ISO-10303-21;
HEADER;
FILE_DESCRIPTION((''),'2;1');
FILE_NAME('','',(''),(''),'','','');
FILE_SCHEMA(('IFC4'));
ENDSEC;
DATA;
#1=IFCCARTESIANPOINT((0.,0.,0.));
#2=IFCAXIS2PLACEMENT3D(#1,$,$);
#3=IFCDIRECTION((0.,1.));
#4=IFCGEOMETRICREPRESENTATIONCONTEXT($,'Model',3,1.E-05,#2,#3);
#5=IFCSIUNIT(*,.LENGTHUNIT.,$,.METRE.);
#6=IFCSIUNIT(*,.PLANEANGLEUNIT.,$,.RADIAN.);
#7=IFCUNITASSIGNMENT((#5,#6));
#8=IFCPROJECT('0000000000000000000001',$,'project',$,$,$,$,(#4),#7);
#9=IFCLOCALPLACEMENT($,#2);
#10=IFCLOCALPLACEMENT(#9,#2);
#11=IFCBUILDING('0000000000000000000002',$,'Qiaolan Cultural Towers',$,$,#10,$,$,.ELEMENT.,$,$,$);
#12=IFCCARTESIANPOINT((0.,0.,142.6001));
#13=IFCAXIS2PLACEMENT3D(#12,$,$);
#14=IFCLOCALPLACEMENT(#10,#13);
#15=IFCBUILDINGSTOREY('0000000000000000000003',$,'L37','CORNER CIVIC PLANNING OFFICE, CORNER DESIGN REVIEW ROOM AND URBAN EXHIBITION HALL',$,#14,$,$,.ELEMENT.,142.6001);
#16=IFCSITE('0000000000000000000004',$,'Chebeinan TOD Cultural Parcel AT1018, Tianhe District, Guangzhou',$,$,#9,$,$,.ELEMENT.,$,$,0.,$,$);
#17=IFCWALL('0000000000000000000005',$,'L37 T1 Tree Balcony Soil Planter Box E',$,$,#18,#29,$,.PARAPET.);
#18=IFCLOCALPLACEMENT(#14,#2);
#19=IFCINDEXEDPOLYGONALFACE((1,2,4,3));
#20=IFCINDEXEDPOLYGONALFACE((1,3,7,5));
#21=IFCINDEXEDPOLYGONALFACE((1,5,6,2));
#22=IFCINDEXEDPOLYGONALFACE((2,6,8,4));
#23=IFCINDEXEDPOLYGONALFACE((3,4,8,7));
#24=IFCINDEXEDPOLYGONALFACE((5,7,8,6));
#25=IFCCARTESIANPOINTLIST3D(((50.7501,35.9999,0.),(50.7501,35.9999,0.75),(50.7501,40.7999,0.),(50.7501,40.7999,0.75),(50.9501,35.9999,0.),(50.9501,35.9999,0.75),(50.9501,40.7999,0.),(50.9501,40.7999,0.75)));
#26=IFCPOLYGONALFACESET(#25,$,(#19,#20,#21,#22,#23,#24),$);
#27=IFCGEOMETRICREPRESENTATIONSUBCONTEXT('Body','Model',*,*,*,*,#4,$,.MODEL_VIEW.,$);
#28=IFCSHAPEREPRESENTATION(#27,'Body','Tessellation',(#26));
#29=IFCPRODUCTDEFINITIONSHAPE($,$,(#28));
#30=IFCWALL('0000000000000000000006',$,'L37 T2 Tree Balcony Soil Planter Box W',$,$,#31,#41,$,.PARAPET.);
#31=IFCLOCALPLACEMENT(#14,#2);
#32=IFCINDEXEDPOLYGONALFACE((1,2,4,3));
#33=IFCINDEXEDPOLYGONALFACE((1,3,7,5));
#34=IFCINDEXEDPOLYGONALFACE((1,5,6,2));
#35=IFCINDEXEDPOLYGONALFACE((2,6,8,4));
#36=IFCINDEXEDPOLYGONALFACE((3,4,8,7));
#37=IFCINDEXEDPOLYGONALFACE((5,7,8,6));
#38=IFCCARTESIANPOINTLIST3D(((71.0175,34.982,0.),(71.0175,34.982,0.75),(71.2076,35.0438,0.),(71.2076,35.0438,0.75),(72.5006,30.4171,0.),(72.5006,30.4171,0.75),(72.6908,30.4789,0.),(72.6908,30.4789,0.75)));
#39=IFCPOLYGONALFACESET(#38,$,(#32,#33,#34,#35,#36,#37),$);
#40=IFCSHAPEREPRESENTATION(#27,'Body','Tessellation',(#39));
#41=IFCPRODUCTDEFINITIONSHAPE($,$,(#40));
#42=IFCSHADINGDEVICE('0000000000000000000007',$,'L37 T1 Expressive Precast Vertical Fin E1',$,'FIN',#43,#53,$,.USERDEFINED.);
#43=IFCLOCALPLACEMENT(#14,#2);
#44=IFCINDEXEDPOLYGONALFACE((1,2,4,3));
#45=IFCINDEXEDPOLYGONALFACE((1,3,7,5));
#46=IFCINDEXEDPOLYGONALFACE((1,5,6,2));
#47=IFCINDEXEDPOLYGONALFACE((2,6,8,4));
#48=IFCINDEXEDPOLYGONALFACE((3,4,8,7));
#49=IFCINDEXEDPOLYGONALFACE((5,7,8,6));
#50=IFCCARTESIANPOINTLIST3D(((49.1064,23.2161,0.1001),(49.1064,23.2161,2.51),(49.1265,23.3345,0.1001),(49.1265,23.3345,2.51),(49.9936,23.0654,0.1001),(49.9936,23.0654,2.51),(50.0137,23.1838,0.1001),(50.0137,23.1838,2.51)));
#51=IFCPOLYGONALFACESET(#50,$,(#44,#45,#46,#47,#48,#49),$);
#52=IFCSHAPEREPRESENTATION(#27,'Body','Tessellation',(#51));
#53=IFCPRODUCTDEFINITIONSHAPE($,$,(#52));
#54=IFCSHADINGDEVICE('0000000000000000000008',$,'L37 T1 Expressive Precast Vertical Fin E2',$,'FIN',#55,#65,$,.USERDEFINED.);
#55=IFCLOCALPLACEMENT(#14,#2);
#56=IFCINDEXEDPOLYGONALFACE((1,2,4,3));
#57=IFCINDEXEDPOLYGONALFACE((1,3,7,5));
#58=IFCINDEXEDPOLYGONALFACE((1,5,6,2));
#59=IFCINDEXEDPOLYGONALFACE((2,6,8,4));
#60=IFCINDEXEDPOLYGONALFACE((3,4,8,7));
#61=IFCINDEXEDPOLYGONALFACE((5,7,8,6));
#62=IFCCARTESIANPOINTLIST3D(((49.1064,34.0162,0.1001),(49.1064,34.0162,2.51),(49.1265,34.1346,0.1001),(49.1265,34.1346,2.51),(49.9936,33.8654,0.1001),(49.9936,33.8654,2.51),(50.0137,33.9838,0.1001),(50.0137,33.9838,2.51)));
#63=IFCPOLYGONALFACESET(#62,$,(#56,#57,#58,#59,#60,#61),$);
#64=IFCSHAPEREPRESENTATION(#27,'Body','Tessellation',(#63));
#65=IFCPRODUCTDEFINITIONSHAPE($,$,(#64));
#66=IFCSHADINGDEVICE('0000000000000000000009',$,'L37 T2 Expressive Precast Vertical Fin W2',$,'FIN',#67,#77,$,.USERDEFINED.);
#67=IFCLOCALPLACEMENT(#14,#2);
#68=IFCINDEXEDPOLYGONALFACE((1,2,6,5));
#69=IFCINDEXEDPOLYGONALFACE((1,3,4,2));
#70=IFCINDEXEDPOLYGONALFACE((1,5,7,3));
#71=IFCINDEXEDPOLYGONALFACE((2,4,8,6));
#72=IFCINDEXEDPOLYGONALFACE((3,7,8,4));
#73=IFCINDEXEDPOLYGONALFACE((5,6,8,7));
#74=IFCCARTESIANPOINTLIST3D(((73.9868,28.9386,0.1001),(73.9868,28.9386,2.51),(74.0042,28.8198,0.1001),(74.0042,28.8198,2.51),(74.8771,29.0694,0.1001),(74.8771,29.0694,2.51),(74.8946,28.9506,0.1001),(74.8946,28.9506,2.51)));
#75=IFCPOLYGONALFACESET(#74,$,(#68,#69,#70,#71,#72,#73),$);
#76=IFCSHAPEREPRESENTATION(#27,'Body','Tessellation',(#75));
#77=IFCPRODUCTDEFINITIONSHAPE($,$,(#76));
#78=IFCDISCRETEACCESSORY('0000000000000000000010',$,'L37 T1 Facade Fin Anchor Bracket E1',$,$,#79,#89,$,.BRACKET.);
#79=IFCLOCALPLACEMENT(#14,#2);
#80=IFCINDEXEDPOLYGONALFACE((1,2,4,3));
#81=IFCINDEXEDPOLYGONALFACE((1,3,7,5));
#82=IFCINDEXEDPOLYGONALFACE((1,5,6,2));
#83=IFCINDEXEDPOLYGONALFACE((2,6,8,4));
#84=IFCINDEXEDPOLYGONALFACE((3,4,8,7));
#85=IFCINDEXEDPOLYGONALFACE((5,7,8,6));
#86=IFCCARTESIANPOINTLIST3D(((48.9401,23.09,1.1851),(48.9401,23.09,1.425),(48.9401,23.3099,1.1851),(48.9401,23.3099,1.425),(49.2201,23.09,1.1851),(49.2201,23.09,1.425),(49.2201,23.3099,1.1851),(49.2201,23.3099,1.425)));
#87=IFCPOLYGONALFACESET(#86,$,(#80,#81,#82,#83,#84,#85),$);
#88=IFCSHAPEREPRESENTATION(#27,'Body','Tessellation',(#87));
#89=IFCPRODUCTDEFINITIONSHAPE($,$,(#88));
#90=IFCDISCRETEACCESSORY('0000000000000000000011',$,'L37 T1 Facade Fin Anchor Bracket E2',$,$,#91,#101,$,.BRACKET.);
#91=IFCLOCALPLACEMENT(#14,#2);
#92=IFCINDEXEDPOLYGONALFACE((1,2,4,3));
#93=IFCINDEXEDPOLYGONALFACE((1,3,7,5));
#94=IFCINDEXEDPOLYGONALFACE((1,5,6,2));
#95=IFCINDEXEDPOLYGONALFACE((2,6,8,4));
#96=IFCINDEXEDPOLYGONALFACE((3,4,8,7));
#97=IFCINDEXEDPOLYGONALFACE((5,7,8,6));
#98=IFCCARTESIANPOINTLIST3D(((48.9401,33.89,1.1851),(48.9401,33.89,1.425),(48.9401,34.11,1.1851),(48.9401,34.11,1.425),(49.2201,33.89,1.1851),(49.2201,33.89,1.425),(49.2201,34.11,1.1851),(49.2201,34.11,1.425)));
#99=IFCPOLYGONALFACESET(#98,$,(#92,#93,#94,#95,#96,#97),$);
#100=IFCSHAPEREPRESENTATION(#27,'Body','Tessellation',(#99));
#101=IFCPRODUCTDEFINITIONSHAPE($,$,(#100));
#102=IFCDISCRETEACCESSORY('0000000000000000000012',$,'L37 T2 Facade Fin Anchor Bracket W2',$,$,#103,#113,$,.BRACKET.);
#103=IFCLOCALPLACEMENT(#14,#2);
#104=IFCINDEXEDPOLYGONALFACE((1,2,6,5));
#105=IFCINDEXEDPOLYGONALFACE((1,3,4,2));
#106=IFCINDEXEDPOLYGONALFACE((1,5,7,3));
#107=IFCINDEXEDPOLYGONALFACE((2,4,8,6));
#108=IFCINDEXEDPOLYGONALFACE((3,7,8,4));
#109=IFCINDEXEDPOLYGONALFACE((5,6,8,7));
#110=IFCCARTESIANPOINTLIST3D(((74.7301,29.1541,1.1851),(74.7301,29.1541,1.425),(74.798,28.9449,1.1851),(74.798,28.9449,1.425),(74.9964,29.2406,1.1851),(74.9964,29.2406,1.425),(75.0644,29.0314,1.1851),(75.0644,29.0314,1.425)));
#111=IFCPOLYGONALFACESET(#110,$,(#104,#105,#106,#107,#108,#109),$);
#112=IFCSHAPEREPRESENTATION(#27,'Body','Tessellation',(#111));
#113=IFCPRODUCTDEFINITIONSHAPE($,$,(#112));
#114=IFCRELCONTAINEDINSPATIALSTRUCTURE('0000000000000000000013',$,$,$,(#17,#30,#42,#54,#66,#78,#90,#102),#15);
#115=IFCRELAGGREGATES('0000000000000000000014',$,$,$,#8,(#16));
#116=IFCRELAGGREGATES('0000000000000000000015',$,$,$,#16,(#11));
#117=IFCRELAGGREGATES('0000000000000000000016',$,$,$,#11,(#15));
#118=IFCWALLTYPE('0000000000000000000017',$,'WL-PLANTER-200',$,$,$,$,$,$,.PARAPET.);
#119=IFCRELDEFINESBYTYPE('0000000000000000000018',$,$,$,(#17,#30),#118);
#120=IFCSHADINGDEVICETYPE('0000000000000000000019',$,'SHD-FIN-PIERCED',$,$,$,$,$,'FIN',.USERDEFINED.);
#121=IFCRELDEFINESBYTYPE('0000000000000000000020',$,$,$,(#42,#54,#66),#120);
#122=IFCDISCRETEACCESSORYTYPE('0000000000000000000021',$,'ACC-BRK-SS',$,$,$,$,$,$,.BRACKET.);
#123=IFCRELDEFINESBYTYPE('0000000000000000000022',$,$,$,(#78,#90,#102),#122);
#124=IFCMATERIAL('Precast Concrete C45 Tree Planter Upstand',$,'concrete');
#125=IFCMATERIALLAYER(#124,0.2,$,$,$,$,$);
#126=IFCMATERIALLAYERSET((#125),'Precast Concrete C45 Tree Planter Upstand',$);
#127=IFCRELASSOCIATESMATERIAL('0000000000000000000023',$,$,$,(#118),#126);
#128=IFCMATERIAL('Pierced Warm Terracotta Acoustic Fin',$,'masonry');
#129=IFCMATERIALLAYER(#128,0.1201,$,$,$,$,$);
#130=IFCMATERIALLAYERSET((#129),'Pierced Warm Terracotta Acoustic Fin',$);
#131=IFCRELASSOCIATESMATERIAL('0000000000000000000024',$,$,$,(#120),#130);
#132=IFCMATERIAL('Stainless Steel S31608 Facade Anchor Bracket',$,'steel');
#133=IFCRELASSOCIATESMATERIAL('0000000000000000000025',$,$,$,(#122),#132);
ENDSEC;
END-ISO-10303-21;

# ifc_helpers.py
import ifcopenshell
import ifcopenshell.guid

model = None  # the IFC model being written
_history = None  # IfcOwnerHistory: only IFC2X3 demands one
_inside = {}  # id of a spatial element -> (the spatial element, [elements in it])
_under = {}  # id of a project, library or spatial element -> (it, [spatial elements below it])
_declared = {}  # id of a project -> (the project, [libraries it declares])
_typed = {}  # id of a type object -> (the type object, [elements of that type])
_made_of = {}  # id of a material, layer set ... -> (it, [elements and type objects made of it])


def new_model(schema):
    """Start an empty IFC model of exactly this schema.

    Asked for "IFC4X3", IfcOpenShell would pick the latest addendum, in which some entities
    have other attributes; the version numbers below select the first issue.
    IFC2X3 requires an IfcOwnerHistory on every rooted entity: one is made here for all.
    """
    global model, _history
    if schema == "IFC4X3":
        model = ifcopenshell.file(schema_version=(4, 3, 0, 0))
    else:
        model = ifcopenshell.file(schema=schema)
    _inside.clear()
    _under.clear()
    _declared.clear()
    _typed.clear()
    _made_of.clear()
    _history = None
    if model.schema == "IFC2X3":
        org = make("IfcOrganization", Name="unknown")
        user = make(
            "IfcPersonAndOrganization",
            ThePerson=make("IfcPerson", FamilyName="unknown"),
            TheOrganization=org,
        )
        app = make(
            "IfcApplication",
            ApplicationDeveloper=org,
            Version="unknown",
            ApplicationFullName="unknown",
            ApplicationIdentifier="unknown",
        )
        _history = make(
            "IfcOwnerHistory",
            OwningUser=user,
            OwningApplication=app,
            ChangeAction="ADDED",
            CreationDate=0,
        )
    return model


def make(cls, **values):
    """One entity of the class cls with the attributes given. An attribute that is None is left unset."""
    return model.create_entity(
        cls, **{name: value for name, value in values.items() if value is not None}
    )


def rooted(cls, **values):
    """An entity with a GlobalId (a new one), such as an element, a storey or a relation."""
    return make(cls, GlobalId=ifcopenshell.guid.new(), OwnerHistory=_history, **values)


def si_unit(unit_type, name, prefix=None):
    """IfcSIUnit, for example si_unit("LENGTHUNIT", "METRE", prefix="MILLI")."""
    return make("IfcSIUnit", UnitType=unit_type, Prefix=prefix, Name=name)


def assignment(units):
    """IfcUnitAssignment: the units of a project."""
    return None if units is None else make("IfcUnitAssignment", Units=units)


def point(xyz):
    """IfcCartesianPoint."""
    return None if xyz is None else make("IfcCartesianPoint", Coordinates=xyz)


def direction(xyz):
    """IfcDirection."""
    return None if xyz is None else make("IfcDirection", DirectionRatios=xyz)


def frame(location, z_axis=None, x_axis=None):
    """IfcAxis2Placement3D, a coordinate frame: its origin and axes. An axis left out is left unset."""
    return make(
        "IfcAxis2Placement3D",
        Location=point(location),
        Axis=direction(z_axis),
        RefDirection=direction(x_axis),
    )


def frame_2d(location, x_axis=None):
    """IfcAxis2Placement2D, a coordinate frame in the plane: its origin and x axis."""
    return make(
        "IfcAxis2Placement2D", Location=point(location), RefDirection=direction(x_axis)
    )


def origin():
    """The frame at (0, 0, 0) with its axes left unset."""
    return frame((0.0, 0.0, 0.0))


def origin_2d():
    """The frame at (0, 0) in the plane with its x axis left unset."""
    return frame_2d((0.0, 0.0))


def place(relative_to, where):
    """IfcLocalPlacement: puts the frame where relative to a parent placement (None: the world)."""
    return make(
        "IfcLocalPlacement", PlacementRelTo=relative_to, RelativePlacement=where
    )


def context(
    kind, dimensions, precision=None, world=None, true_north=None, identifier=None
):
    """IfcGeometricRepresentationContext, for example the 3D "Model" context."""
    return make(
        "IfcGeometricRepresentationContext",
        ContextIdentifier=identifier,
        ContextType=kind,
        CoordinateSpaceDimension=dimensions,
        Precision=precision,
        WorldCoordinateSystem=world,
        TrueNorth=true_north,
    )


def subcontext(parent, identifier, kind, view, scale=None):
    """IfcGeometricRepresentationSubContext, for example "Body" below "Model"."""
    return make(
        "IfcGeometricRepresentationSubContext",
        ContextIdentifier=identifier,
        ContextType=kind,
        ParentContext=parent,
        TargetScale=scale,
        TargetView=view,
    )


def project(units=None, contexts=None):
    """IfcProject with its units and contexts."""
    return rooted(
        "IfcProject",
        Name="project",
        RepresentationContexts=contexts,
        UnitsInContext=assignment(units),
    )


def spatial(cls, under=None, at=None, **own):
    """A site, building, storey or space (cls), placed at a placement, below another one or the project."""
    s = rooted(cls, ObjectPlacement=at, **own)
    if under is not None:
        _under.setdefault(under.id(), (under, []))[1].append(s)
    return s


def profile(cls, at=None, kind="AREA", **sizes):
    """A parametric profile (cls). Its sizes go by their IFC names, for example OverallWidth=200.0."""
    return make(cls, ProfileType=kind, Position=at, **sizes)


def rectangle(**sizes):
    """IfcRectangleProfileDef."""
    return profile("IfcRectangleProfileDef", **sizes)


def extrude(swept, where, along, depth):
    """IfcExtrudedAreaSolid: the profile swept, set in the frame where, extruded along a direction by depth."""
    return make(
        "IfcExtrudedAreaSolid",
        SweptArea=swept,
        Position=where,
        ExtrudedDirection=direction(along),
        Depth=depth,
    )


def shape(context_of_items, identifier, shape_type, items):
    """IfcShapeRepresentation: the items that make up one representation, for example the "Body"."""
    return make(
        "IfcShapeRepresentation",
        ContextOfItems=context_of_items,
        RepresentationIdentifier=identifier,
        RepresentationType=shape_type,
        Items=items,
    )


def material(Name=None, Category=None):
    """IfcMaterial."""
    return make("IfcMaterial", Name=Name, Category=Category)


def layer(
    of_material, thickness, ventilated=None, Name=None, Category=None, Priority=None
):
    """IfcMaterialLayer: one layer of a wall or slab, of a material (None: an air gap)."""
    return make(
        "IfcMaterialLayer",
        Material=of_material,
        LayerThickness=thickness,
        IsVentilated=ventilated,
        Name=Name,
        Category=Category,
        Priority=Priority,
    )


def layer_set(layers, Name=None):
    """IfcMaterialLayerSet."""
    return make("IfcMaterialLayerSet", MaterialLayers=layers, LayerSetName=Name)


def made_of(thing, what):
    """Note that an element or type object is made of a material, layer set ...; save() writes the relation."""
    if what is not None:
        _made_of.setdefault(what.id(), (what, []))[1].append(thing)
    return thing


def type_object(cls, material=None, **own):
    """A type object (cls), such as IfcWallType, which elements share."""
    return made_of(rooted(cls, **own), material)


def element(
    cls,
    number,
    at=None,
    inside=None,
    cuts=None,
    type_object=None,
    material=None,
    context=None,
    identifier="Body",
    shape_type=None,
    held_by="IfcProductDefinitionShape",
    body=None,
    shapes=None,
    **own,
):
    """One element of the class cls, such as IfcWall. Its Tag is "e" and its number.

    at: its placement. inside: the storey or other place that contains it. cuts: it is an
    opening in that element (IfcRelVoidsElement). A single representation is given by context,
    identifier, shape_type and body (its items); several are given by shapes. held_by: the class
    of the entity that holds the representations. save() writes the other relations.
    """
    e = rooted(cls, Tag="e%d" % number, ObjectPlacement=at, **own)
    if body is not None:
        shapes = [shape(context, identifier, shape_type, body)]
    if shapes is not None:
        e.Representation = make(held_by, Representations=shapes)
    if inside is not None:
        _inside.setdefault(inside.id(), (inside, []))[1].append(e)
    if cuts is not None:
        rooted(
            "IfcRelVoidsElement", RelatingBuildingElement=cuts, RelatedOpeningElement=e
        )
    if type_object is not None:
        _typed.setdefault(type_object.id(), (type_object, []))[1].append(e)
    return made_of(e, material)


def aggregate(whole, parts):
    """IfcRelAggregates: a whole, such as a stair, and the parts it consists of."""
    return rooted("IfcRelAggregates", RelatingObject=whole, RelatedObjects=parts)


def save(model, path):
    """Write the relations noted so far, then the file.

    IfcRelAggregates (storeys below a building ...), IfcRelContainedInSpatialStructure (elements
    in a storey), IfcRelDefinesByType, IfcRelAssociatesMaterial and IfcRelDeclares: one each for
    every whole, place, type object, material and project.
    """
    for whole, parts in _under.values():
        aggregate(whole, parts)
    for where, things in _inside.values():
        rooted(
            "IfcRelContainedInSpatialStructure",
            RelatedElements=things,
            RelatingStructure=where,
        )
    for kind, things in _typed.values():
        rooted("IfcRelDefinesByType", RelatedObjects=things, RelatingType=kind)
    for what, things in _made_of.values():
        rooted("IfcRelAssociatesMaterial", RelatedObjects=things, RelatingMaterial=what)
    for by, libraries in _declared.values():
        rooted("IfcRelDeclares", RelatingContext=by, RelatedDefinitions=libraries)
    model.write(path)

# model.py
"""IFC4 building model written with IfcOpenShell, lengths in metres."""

from ifc_helpers import new_model, si_unit, direction, frame, frame_2d, origin, origin_2d, place, context, subcontext, project, spatial, rectangle, extrude, material, layer, layer_set, type_object, element, save


model = new_model("IFC4")

# Units and contexts
model_context = context("Model", 3, precision=1e-05, world=origin(), true_north=direction((0.0, 1.0)))
body_context = subcontext(model_context, "Body", "Model", "MODEL_VIEW")
ifc_project = project(units=[si_unit("LENGTHUNIT", "METRE"), si_unit("PLANEANGLEUNIT", "RADIAN")], contexts=[model_context])

# Site, building, storey
site_placement = place(None, origin())
site = spatial("IfcSite", under=ifc_project, at=site_placement, Name="Chebeinan TOD Cultural Parcel AT1018, Tianhe District, Guangzhou", CompositionType="ELEMENT", RefElevation=0.0)
building_placement = place(site_placement, origin())
building = spatial("IfcBuilding", under=site, at=building_placement, Name="Qiaolan Cultural Towers", CompositionType="ELEMENT")
storey_placement = place(building_placement, frame((0.0, 0.0, 142.6001)))
storey = spatial("IfcBuildingStorey", under=building, at=storey_placement, Name="L37", Description="CORNER CIVIC PLANNING OFFICE, CORNER DESIGN REVIEW ROOM AND URBAN EXHIBITION HALL", CompositionType="ELEMENT", Elevation=142.6001)

# Walls
ifc_material_1 = material(Name="Precast Concrete C45 Tree Planter Upstand", Category="concrete")
ifc_layer_1 = layer(ifc_material_1, 0.2)
ifc_layer_set_1 = layer_set([ifc_layer_1], Name="Precast Concrete C45 Tree Planter Upstand")
wall_type_1 = type_object("IfcWallType", Name="WL-PLANTER-200", PredefinedType="PARAPET", material=ifc_layer_set_1)
wall_1_placement = place(storey_placement, frame((50.8501, 36.0, 0.0), z_axis=(0.0, 0.0, 1.0), x_axis=(0.0, 1.0, 0.0)))
element("IfcWall", 1, at=wall_1_placement, inside=storey, type_object=wall_type_1, Name="L37 T1 Tree Balcony Soil Planter Box E", PredefinedType="PARAPET", context=body_context, shape_type="SweptSolid", body=[
    extrude(rectangle(XDim=4.8, YDim=0.2, at=frame_2d((2.3999, 0.0))), origin(), (0.0, 0.0, 1.0), 0.75),
])
wall_2_placement = place(storey_placement, frame((72.5957, 30.448, 0.0), z_axis=(0.0, 0.0, 1.0), x_axis=(-0.309001, 0.951062, 0.0)))
element("IfcWall", 2, at=wall_2_placement, inside=storey, type_object=wall_type_1, Name="L37 T2 Tree Balcony Soil Planter Box W", PredefinedType="PARAPET", context=body_context, shape_type="SweptSolid", body=[
    extrude(rectangle(XDim=4.7998, YDim=0.2, at=frame_2d((2.3999, 0.0))), origin(), (0.0, 0.0, 1.0), 0.75),
])

# Shading devices
ifc_material_2 = material(Name="Pierced Warm Terracotta Acoustic Fin", Category="masonry")
ifc_layer_2 = layer(ifc_material_2, 0.1201)
ifc_layer_set_2 = layer_set([ifc_layer_2], Name="Pierced Warm Terracotta Acoustic Fin")
shading_device_type = type_object("IfcShadingDeviceType", Name="SHD-FIN-PIERCED", ElementType="FIN", PredefinedType="USERDEFINED", material=ifc_layer_set_2)
for number, where, z_axis, x_axis, name in (
    (3, (49.5601, 23.2, 0.1001), (0.0, 0.0, 1.0), (0.985874, -0.167488, 0.0), "L37 T1 Expressive Precast Vertical Fin E1"),
    (4, (49.5601, 34.0, 0.1001), (0.0, 0.0, 1.0), (0.985874, -0.167488, 0.0), "L37 T1 Expressive Precast Vertical Fin E2"),
    (5, (74.4407, 28.9446, 0.1001), (0.0, 0.0, 1.0), (0.989379, 0.145361, 0.0), "L37 T2 Expressive Precast Vertical Fin W2"),
):
    element("IfcShadingDevice", number, at=place(storey_placement, frame(where, z_axis=z_axis, x_axis=x_axis)), inside=storey, type_object=shading_device_type, Name=name, ObjectType="FIN", PredefinedType="USERDEFINED", context=body_context, shape_type="SweptSolid", body=[
        extrude(rectangle(XDim=0.8999, YDim=0.1201, at=origin_2d()), origin(), (0.0, 0.0, 1.0), 2.4099),
    ])

# Discrete accessories
ifc_material_3 = material(Name="Stainless Steel S31608 Facade Anchor Bracket", Category="steel")
discrete_accessory_type = type_object("IfcDiscreteAccessoryType", Name="ACC-BRK-SS", PredefinedType="BRACKET", material=ifc_material_3)
for number, where, z_axis, x_axis, name in (
    (6, (49.0801, 23.2, 1.1851), (0.0, 0.0, 1.0), (1.0, 0.0, 0.0), "L37 T1 Facade Fin Anchor Bracket E1"),
    (7, (49.0801, 34.0, 1.1851), (0.0, 0.0, 1.0), (1.0, 0.0, 0.0), "L37 T1 Facade Fin Anchor Bracket E2"),
    (8, (74.8972, 29.0928, 1.1851), (0.0, 0.0, 1.0), (0.951057, 0.309017, 0.0), "L37 T2 Facade Fin Anchor Bracket W2"),
):
    element("IfcDiscreteAccessory", number, at=place(storey_placement, frame(where, z_axis=z_axis, x_axis=x_axis)), inside=storey, type_object=discrete_accessory_type, Name=name, PredefinedType="BRACKET", context=body_context, shape_type="SweptSolid", body=[
        extrude(rectangle(XDim=0.28, YDim=0.22, at=origin_2d()), origin(), (0.0, 0.0, 1.0), 0.24),
    ])

save(model, "model.ifc")
